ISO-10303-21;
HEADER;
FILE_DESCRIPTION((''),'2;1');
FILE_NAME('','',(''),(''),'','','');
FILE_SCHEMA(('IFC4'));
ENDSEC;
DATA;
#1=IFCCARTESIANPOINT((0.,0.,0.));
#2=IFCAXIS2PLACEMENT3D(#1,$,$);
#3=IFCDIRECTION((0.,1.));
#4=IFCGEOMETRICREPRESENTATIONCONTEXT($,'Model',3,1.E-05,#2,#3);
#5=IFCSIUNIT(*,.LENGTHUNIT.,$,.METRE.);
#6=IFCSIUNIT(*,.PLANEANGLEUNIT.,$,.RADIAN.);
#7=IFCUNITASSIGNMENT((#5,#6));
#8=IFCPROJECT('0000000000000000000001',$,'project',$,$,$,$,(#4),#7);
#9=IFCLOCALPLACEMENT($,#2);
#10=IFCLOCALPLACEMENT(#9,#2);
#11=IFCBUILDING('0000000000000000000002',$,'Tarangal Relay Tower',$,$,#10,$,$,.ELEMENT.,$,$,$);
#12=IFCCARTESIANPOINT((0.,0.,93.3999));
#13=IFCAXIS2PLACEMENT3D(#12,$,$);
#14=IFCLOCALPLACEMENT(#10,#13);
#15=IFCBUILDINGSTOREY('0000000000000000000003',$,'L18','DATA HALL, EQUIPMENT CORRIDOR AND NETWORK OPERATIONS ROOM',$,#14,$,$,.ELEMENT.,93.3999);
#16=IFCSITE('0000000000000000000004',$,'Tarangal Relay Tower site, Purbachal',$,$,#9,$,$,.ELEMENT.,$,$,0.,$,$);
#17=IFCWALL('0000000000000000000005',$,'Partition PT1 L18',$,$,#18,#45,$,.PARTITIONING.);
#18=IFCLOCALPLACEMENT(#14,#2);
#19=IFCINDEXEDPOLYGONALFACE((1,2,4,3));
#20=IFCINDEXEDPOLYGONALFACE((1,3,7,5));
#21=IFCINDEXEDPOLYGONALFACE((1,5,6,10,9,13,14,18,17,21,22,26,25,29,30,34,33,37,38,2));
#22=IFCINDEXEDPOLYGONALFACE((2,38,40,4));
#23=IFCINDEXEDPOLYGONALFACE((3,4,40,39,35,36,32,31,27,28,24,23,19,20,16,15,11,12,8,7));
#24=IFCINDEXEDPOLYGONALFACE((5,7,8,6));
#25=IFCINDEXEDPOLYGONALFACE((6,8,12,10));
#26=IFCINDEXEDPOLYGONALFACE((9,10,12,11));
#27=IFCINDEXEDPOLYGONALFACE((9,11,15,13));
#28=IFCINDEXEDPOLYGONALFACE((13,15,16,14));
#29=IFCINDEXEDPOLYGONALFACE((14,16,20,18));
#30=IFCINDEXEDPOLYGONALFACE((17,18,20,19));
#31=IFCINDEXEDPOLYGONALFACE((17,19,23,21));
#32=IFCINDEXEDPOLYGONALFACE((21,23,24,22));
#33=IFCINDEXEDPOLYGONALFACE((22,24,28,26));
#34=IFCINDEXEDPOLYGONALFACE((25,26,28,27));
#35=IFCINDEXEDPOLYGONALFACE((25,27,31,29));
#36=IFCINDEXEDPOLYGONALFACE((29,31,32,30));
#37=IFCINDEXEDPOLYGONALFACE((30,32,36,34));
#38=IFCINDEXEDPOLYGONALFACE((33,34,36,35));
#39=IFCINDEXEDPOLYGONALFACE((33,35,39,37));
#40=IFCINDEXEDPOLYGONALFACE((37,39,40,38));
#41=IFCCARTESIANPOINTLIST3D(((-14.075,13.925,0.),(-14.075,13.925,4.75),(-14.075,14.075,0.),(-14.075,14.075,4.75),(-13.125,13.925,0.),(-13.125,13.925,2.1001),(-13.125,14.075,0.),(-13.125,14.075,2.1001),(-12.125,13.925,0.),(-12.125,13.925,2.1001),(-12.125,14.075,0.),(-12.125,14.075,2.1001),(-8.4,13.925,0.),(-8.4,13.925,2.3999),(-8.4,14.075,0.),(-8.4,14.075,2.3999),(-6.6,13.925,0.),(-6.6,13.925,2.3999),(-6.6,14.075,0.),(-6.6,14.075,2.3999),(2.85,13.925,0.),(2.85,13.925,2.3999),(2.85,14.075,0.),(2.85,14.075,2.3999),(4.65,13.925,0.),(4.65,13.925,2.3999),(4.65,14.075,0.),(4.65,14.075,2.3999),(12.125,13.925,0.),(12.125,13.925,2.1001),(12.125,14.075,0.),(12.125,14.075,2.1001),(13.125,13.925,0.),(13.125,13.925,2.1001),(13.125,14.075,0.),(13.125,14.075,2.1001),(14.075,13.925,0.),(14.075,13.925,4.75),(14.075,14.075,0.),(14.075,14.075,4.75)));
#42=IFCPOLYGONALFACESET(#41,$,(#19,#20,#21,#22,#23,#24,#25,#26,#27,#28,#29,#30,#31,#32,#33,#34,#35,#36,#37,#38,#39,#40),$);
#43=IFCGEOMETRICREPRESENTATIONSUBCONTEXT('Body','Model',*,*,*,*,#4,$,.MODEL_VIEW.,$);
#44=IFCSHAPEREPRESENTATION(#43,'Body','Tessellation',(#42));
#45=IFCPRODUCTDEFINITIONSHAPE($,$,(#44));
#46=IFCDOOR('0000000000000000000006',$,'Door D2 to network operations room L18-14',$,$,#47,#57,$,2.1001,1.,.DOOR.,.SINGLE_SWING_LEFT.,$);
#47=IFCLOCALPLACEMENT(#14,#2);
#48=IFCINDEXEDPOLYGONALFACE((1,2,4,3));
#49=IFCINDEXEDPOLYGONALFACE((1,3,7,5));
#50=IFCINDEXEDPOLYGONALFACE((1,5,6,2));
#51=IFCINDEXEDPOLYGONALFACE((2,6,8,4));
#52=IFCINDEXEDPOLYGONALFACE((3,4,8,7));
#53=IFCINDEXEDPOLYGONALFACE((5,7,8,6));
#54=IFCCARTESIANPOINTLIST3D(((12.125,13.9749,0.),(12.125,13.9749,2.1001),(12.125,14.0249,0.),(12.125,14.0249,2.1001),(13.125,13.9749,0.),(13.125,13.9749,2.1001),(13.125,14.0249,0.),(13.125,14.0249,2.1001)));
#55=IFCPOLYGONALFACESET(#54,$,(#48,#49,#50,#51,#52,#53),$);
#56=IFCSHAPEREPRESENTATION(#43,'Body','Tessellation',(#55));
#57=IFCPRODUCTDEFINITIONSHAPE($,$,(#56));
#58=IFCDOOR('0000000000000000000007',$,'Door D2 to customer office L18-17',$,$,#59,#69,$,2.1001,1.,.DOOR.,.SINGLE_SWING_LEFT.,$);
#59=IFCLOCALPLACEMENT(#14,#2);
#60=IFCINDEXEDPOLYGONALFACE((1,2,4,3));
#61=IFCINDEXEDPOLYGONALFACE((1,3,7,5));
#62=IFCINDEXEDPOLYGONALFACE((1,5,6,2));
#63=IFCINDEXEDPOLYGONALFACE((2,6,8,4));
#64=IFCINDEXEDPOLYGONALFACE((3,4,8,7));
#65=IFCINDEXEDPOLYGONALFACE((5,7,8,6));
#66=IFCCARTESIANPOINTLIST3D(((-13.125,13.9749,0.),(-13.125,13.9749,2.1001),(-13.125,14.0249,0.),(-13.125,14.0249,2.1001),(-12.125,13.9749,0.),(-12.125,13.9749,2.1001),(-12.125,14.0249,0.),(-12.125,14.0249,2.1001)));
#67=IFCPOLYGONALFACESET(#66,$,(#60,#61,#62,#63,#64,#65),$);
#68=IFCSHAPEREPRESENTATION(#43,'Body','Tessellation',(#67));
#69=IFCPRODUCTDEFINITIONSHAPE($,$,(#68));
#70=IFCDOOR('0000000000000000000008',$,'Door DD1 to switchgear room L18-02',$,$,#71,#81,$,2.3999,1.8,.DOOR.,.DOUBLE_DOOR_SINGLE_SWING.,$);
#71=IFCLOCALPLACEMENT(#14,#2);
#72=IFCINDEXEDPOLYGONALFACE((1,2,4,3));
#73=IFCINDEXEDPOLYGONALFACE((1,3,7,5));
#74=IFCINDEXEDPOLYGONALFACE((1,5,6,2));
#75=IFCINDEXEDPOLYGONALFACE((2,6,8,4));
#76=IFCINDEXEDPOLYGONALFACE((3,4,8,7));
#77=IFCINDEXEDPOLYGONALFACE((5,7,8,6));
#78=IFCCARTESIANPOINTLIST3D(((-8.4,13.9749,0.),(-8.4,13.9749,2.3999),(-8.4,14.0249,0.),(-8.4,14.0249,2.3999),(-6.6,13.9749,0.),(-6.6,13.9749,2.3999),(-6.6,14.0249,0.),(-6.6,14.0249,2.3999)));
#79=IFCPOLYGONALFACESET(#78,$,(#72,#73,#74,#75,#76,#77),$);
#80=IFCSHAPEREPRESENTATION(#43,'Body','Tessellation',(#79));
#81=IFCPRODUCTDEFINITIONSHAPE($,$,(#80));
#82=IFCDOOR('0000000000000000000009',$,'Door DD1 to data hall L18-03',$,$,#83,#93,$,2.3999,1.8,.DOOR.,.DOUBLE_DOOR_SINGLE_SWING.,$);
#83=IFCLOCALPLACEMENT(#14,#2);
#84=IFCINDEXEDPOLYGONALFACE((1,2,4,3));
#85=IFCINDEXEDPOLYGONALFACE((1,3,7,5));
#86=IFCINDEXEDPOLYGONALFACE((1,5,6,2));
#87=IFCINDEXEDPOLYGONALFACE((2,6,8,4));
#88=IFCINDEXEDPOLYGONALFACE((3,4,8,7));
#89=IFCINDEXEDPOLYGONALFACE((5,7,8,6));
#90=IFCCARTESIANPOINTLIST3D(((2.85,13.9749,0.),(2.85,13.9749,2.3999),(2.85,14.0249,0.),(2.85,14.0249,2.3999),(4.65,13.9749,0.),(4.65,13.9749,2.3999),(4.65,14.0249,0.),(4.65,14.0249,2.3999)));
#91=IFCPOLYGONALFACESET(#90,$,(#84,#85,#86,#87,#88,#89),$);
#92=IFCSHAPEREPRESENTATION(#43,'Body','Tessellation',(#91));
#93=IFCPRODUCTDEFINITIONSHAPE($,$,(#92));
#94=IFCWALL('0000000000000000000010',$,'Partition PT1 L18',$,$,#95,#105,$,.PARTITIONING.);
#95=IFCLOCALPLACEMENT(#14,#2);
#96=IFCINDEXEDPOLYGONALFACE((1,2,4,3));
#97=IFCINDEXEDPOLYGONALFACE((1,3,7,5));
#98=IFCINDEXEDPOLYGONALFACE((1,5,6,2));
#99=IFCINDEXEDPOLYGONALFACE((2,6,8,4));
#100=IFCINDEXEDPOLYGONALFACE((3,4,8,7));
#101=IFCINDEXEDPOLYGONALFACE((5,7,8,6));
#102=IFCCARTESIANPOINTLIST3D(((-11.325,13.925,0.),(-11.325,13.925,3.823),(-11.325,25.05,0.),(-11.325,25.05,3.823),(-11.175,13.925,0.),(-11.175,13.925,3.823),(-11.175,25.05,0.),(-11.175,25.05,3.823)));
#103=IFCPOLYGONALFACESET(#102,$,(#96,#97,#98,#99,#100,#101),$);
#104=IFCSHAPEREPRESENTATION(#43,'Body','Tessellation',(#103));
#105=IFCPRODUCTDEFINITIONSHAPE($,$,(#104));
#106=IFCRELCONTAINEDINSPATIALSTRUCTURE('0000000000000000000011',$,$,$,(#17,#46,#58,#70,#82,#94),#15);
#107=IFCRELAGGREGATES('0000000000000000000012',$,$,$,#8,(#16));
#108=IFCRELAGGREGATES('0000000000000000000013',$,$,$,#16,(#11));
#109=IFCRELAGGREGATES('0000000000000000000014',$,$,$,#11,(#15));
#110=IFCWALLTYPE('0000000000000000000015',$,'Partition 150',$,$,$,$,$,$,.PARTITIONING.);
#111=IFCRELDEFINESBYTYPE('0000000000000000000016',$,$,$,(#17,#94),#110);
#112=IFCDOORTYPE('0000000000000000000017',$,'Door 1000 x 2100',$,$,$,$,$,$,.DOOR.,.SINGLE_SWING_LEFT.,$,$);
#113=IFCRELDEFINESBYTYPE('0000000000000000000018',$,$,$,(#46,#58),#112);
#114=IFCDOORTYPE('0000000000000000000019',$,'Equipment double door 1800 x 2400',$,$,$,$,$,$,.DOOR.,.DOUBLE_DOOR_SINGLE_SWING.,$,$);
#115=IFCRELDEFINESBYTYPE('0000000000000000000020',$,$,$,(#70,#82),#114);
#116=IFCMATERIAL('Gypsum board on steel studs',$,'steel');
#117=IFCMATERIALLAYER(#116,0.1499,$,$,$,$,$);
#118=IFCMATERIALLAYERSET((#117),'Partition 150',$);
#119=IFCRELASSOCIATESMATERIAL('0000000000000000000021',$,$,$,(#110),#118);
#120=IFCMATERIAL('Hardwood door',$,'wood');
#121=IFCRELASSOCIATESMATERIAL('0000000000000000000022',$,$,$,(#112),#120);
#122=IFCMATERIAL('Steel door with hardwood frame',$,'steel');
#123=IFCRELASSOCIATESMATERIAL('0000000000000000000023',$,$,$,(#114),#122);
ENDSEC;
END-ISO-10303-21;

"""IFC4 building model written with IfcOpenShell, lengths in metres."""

from ifc_helpers import new_model, si_unit, direction, frame, frame_2d, origin, place, context, subcontext, project, spatial, rectangle, extrude, material, layer, layer_set, type_object, element, fill, save


model = new_model("IFC4")

# Units and contexts
model_context = context("Model", 3, precision=1e-05, world=origin(), true_north=direction((0.0, 1.0)))
body_context = subcontext(model_context, "Body", "Model", "MODEL_VIEW")
ifc_project = project(units=[si_unit("LENGTHUNIT", "METRE"), si_unit("PLANEANGLEUNIT", "RADIAN")], contexts=[model_context])

# Site, building, storey
site_placement = place(None, origin())
site = spatial("IfcSite", under=ifc_project, at=site_placement, Name="Tarangal Relay Tower site, Purbachal", CompositionType="ELEMENT", RefElevation=0.0)
building_placement = place(site_placement, origin())
building = spatial("IfcBuilding", under=site, at=building_placement, Name="Tarangal Relay Tower", CompositionType="ELEMENT")
storey_placement = place(building_placement, frame((0.0, 0.0, 93.3999)))
storey = spatial("IfcBuildingStorey", under=building, at=storey_placement, Name="L18", Description="DATA HALL, EQUIPMENT CORRIDOR AND NETWORK OPERATIONS ROOM", CompositionType="ELEMENT", Elevation=93.3999)

# Wall, openings, doors
ifc_material_1 = material(Name="Gypsum board on steel studs", Category="steel")
ifc_layer_1 = layer(ifc_material_1, 0.1499)
ifc_layer_set_1 = layer_set([ifc_layer_1], Name="Partition 150")
wall_type_1 = type_object("IfcWallType", Name="Partition 150", PredefinedType="PARTITIONING", material=ifc_layer_set_1)
wall_1_placement = place(storey_placement, frame((-14.075, 14.0, 0.0), z_axis=(0.0, 0.0, 1.0), x_axis=(1.0, 0.0, 0.0)))
wall_1 = element("IfcWall", 1, at=wall_1_placement, inside=storey, type_object=wall_type_1, Name="Partition PT1 L18", PredefinedType="PARTITIONING", context=body_context, shape_type="SweptSolid", body=[
    extrude(rectangle(XDim=28.1499, YDim=0.1499, at=frame_2d((14.075, 0.0))), origin(), (0.0, 0.0, 1.0), 4.75),
])
opening_1_placement = place(wall_1_placement, frame((5.675, 0.0, 0.0)))
opening_1 = element("IfcOpeningElement", 2, at=opening_1_placement, cuts=wall_1, PredefinedType="OPENING", context=body_context, shape_type="SweptSolid", body=[
    extrude(rectangle(XDim=1.8, YDim=2.3999, at=frame_2d((0.8999, 1.2))), frame((0.0, 0.085, 0.0), z_axis=(0.0, -1.0, 0.0), x_axis=(1.0, 0.0, 0.0)), (0.0, 0.0, 1.0), 0.1699),
])
opening_2_placement = place(wall_1_placement, frame((16.925, 0.0, 0.0)))
opening_2 = element("IfcOpeningElement", 3, at=opening_2_placement, cuts=wall_1, PredefinedType="OPENING", context=body_context, shape_type="SweptSolid", body=[
    extrude(rectangle(XDim=1.8, YDim=2.3999, at=frame_2d((0.8999, 1.2))), frame((0.0, 0.085, 0.0), z_axis=(0.0, -1.0, 0.0), x_axis=(1.0, 0.0, 0.0)), (0.0, 0.0, 1.0), 0.1699),
])
opening_3_placement = place(wall_1_placement, frame((26.2, 0.0, 0.0)))
opening_3 = element("IfcOpeningElement", 4, at=opening_3_placement, cuts=wall_1, PredefinedType="OPENING", context=body_context, shape_type="SweptSolid", body=[
    extrude(rectangle(XDim=1.0, YDim=2.1001, at=frame_2d((0.5, 1.05))), frame((0.0, 0.085, 0.0), z_axis=(0.0, -1.0, 0.0), x_axis=(1.0, 0.0, 0.0)), (0.0, 0.0, 1.0), 0.1699),
])
opening_4_placement = place(wall_1_placement, frame((0.95, 0.0, 0.0)))
opening_4 = element("IfcOpeningElement", 5, at=opening_4_placement, cuts=wall_1, PredefinedType="OPENING", context=body_context, shape_type="SweptSolid", body=[
    extrude(rectangle(XDim=1.0, YDim=2.1001, at=frame_2d((0.5, 1.05))), frame((0.0, 0.085, 0.0), z_axis=(0.0, -1.0, 0.0), x_axis=(1.0, 0.0, 0.0)), (0.0, 0.0, 1.0), 0.1699),
])
ifc_material_2 = material(Name="Hardwood door", Category="wood")
door_type_1 = type_object("IfcDoorType", Name="Door 1000 x 2100", OperationType="SINGLE_SWING_LEFT", PredefinedType="DOOR", material=ifc_material_2)
door_1_placement = place(opening_3_placement, origin())
door_1 = element("IfcDoor", 6, at=door_1_placement, inside=storey, type_object=door_type_1, Name="Door D2 to network operations room L18-14", OperationType="SINGLE_SWING_LEFT", OverallHeight=2.1001, OverallWidth=1.0, PredefinedType="DOOR", context=body_context, shape_type="SweptSolid", body=[
    extrude(rectangle(XDim=1.0, YDim=2.1001, at=frame_2d((0.5, 1.05))), frame((0.0, 0.0249, 0.0), z_axis=(0.0, -1.0, 0.0), x_axis=(1.0, 0.0, 0.0)), (0.0, 0.0, 1.0), 0.05),
])
fill(opening_3, door_1)
door_2_placement = place(opening_4_placement, origin())
door_2 = element("IfcDoor", 7, at=door_2_placement, inside=storey, type_object=door_type_1, Name="Door D2 to customer office L18-17", OperationType="SINGLE_SWING_LEFT", OverallHeight=2.1001, OverallWidth=1.0, PredefinedType="DOOR", context=body_context, shape_type="SweptSolid", body=[
    extrude(rectangle(XDim=1.0, YDim=2.1001, at=frame_2d((0.5, 1.05))), frame((0.0, 0.0249, 0.0), z_axis=(0.0, -1.0, 0.0), x_axis=(1.0, 0.0, 0.0)), (0.0, 0.0, 1.0), 0.05),
])
fill(opening_4, door_2)
ifc_material_3 = material(Name="Steel door with hardwood frame", Category="steel")
door_type_2 = type_object("IfcDoorType", Name="Equipment double door 1800 x 2400", OperationType="DOUBLE_DOOR_SINGLE_SWING", PredefinedType="DOOR", material=ifc_material_3)
door_3_placement = place(opening_1_placement, origin())
door_3 = element("IfcDoor", 8, at=door_3_placement, inside=storey, type_object=door_type_2, Name="Door DD1 to switchgear room L18-02", OperationType="DOUBLE_DOOR_SINGLE_SWING", OverallHeight=2.3999, OverallWidth=1.8, PredefinedType="DOOR", context=body_context, shape_type="SweptSolid", body=[
    extrude(rectangle(XDim=1.8, YDim=2.3999, at=frame_2d((0.8999, 1.2))), frame((0.0, 0.0249, 0.0), z_axis=(0.0, -1.0, 0.0), x_axis=(1.0, 0.0, 0.0)), (0.0, 0.0, 1.0), 0.05),
])
fill(opening_1, door_3)
door_4_placement = place(opening_2_placement, origin())
door_4 = element("IfcDoor", 9, at=door_4_placement, inside=storey, type_object=door_type_2, Name="Door DD1 to data hall L18-03", OperationType="DOUBLE_DOOR_SINGLE_SWING", OverallHeight=2.3999, OverallWidth=1.8, PredefinedType="DOOR", context=body_context, shape_type="SweptSolid", body=[
    extrude(rectangle(XDim=1.8, YDim=2.3999, at=frame_2d((0.8999, 1.2))), frame((0.0, 0.0249, 0.0), z_axis=(0.0, -1.0, 0.0), x_axis=(1.0, 0.0, 0.0)), (0.0, 0.0, 1.0), 0.05),
])
fill(opening_2, door_4)

# Wall
wall_2_placement = place(storey_placement, frame((-11.25, 13.925, 0.0), z_axis=(0.0, 0.0, 1.0), x_axis=(0.0, 1.0, 0.0)))
element("IfcWall", 10, at=wall_2_placement, inside=storey, type_object=wall_type_1, Name="Partition PT1 L18", PredefinedType="PARTITIONING", context=body_context, shape_type="SweptSolid", body=[
    extrude(rectangle(XDim=11.125, YDim=0.1499, at=frame_2d((5.5625, 0.0))), origin(), (0.0, 0.0, 1.0), 3.823),
])

save(model, "model.ifc")
